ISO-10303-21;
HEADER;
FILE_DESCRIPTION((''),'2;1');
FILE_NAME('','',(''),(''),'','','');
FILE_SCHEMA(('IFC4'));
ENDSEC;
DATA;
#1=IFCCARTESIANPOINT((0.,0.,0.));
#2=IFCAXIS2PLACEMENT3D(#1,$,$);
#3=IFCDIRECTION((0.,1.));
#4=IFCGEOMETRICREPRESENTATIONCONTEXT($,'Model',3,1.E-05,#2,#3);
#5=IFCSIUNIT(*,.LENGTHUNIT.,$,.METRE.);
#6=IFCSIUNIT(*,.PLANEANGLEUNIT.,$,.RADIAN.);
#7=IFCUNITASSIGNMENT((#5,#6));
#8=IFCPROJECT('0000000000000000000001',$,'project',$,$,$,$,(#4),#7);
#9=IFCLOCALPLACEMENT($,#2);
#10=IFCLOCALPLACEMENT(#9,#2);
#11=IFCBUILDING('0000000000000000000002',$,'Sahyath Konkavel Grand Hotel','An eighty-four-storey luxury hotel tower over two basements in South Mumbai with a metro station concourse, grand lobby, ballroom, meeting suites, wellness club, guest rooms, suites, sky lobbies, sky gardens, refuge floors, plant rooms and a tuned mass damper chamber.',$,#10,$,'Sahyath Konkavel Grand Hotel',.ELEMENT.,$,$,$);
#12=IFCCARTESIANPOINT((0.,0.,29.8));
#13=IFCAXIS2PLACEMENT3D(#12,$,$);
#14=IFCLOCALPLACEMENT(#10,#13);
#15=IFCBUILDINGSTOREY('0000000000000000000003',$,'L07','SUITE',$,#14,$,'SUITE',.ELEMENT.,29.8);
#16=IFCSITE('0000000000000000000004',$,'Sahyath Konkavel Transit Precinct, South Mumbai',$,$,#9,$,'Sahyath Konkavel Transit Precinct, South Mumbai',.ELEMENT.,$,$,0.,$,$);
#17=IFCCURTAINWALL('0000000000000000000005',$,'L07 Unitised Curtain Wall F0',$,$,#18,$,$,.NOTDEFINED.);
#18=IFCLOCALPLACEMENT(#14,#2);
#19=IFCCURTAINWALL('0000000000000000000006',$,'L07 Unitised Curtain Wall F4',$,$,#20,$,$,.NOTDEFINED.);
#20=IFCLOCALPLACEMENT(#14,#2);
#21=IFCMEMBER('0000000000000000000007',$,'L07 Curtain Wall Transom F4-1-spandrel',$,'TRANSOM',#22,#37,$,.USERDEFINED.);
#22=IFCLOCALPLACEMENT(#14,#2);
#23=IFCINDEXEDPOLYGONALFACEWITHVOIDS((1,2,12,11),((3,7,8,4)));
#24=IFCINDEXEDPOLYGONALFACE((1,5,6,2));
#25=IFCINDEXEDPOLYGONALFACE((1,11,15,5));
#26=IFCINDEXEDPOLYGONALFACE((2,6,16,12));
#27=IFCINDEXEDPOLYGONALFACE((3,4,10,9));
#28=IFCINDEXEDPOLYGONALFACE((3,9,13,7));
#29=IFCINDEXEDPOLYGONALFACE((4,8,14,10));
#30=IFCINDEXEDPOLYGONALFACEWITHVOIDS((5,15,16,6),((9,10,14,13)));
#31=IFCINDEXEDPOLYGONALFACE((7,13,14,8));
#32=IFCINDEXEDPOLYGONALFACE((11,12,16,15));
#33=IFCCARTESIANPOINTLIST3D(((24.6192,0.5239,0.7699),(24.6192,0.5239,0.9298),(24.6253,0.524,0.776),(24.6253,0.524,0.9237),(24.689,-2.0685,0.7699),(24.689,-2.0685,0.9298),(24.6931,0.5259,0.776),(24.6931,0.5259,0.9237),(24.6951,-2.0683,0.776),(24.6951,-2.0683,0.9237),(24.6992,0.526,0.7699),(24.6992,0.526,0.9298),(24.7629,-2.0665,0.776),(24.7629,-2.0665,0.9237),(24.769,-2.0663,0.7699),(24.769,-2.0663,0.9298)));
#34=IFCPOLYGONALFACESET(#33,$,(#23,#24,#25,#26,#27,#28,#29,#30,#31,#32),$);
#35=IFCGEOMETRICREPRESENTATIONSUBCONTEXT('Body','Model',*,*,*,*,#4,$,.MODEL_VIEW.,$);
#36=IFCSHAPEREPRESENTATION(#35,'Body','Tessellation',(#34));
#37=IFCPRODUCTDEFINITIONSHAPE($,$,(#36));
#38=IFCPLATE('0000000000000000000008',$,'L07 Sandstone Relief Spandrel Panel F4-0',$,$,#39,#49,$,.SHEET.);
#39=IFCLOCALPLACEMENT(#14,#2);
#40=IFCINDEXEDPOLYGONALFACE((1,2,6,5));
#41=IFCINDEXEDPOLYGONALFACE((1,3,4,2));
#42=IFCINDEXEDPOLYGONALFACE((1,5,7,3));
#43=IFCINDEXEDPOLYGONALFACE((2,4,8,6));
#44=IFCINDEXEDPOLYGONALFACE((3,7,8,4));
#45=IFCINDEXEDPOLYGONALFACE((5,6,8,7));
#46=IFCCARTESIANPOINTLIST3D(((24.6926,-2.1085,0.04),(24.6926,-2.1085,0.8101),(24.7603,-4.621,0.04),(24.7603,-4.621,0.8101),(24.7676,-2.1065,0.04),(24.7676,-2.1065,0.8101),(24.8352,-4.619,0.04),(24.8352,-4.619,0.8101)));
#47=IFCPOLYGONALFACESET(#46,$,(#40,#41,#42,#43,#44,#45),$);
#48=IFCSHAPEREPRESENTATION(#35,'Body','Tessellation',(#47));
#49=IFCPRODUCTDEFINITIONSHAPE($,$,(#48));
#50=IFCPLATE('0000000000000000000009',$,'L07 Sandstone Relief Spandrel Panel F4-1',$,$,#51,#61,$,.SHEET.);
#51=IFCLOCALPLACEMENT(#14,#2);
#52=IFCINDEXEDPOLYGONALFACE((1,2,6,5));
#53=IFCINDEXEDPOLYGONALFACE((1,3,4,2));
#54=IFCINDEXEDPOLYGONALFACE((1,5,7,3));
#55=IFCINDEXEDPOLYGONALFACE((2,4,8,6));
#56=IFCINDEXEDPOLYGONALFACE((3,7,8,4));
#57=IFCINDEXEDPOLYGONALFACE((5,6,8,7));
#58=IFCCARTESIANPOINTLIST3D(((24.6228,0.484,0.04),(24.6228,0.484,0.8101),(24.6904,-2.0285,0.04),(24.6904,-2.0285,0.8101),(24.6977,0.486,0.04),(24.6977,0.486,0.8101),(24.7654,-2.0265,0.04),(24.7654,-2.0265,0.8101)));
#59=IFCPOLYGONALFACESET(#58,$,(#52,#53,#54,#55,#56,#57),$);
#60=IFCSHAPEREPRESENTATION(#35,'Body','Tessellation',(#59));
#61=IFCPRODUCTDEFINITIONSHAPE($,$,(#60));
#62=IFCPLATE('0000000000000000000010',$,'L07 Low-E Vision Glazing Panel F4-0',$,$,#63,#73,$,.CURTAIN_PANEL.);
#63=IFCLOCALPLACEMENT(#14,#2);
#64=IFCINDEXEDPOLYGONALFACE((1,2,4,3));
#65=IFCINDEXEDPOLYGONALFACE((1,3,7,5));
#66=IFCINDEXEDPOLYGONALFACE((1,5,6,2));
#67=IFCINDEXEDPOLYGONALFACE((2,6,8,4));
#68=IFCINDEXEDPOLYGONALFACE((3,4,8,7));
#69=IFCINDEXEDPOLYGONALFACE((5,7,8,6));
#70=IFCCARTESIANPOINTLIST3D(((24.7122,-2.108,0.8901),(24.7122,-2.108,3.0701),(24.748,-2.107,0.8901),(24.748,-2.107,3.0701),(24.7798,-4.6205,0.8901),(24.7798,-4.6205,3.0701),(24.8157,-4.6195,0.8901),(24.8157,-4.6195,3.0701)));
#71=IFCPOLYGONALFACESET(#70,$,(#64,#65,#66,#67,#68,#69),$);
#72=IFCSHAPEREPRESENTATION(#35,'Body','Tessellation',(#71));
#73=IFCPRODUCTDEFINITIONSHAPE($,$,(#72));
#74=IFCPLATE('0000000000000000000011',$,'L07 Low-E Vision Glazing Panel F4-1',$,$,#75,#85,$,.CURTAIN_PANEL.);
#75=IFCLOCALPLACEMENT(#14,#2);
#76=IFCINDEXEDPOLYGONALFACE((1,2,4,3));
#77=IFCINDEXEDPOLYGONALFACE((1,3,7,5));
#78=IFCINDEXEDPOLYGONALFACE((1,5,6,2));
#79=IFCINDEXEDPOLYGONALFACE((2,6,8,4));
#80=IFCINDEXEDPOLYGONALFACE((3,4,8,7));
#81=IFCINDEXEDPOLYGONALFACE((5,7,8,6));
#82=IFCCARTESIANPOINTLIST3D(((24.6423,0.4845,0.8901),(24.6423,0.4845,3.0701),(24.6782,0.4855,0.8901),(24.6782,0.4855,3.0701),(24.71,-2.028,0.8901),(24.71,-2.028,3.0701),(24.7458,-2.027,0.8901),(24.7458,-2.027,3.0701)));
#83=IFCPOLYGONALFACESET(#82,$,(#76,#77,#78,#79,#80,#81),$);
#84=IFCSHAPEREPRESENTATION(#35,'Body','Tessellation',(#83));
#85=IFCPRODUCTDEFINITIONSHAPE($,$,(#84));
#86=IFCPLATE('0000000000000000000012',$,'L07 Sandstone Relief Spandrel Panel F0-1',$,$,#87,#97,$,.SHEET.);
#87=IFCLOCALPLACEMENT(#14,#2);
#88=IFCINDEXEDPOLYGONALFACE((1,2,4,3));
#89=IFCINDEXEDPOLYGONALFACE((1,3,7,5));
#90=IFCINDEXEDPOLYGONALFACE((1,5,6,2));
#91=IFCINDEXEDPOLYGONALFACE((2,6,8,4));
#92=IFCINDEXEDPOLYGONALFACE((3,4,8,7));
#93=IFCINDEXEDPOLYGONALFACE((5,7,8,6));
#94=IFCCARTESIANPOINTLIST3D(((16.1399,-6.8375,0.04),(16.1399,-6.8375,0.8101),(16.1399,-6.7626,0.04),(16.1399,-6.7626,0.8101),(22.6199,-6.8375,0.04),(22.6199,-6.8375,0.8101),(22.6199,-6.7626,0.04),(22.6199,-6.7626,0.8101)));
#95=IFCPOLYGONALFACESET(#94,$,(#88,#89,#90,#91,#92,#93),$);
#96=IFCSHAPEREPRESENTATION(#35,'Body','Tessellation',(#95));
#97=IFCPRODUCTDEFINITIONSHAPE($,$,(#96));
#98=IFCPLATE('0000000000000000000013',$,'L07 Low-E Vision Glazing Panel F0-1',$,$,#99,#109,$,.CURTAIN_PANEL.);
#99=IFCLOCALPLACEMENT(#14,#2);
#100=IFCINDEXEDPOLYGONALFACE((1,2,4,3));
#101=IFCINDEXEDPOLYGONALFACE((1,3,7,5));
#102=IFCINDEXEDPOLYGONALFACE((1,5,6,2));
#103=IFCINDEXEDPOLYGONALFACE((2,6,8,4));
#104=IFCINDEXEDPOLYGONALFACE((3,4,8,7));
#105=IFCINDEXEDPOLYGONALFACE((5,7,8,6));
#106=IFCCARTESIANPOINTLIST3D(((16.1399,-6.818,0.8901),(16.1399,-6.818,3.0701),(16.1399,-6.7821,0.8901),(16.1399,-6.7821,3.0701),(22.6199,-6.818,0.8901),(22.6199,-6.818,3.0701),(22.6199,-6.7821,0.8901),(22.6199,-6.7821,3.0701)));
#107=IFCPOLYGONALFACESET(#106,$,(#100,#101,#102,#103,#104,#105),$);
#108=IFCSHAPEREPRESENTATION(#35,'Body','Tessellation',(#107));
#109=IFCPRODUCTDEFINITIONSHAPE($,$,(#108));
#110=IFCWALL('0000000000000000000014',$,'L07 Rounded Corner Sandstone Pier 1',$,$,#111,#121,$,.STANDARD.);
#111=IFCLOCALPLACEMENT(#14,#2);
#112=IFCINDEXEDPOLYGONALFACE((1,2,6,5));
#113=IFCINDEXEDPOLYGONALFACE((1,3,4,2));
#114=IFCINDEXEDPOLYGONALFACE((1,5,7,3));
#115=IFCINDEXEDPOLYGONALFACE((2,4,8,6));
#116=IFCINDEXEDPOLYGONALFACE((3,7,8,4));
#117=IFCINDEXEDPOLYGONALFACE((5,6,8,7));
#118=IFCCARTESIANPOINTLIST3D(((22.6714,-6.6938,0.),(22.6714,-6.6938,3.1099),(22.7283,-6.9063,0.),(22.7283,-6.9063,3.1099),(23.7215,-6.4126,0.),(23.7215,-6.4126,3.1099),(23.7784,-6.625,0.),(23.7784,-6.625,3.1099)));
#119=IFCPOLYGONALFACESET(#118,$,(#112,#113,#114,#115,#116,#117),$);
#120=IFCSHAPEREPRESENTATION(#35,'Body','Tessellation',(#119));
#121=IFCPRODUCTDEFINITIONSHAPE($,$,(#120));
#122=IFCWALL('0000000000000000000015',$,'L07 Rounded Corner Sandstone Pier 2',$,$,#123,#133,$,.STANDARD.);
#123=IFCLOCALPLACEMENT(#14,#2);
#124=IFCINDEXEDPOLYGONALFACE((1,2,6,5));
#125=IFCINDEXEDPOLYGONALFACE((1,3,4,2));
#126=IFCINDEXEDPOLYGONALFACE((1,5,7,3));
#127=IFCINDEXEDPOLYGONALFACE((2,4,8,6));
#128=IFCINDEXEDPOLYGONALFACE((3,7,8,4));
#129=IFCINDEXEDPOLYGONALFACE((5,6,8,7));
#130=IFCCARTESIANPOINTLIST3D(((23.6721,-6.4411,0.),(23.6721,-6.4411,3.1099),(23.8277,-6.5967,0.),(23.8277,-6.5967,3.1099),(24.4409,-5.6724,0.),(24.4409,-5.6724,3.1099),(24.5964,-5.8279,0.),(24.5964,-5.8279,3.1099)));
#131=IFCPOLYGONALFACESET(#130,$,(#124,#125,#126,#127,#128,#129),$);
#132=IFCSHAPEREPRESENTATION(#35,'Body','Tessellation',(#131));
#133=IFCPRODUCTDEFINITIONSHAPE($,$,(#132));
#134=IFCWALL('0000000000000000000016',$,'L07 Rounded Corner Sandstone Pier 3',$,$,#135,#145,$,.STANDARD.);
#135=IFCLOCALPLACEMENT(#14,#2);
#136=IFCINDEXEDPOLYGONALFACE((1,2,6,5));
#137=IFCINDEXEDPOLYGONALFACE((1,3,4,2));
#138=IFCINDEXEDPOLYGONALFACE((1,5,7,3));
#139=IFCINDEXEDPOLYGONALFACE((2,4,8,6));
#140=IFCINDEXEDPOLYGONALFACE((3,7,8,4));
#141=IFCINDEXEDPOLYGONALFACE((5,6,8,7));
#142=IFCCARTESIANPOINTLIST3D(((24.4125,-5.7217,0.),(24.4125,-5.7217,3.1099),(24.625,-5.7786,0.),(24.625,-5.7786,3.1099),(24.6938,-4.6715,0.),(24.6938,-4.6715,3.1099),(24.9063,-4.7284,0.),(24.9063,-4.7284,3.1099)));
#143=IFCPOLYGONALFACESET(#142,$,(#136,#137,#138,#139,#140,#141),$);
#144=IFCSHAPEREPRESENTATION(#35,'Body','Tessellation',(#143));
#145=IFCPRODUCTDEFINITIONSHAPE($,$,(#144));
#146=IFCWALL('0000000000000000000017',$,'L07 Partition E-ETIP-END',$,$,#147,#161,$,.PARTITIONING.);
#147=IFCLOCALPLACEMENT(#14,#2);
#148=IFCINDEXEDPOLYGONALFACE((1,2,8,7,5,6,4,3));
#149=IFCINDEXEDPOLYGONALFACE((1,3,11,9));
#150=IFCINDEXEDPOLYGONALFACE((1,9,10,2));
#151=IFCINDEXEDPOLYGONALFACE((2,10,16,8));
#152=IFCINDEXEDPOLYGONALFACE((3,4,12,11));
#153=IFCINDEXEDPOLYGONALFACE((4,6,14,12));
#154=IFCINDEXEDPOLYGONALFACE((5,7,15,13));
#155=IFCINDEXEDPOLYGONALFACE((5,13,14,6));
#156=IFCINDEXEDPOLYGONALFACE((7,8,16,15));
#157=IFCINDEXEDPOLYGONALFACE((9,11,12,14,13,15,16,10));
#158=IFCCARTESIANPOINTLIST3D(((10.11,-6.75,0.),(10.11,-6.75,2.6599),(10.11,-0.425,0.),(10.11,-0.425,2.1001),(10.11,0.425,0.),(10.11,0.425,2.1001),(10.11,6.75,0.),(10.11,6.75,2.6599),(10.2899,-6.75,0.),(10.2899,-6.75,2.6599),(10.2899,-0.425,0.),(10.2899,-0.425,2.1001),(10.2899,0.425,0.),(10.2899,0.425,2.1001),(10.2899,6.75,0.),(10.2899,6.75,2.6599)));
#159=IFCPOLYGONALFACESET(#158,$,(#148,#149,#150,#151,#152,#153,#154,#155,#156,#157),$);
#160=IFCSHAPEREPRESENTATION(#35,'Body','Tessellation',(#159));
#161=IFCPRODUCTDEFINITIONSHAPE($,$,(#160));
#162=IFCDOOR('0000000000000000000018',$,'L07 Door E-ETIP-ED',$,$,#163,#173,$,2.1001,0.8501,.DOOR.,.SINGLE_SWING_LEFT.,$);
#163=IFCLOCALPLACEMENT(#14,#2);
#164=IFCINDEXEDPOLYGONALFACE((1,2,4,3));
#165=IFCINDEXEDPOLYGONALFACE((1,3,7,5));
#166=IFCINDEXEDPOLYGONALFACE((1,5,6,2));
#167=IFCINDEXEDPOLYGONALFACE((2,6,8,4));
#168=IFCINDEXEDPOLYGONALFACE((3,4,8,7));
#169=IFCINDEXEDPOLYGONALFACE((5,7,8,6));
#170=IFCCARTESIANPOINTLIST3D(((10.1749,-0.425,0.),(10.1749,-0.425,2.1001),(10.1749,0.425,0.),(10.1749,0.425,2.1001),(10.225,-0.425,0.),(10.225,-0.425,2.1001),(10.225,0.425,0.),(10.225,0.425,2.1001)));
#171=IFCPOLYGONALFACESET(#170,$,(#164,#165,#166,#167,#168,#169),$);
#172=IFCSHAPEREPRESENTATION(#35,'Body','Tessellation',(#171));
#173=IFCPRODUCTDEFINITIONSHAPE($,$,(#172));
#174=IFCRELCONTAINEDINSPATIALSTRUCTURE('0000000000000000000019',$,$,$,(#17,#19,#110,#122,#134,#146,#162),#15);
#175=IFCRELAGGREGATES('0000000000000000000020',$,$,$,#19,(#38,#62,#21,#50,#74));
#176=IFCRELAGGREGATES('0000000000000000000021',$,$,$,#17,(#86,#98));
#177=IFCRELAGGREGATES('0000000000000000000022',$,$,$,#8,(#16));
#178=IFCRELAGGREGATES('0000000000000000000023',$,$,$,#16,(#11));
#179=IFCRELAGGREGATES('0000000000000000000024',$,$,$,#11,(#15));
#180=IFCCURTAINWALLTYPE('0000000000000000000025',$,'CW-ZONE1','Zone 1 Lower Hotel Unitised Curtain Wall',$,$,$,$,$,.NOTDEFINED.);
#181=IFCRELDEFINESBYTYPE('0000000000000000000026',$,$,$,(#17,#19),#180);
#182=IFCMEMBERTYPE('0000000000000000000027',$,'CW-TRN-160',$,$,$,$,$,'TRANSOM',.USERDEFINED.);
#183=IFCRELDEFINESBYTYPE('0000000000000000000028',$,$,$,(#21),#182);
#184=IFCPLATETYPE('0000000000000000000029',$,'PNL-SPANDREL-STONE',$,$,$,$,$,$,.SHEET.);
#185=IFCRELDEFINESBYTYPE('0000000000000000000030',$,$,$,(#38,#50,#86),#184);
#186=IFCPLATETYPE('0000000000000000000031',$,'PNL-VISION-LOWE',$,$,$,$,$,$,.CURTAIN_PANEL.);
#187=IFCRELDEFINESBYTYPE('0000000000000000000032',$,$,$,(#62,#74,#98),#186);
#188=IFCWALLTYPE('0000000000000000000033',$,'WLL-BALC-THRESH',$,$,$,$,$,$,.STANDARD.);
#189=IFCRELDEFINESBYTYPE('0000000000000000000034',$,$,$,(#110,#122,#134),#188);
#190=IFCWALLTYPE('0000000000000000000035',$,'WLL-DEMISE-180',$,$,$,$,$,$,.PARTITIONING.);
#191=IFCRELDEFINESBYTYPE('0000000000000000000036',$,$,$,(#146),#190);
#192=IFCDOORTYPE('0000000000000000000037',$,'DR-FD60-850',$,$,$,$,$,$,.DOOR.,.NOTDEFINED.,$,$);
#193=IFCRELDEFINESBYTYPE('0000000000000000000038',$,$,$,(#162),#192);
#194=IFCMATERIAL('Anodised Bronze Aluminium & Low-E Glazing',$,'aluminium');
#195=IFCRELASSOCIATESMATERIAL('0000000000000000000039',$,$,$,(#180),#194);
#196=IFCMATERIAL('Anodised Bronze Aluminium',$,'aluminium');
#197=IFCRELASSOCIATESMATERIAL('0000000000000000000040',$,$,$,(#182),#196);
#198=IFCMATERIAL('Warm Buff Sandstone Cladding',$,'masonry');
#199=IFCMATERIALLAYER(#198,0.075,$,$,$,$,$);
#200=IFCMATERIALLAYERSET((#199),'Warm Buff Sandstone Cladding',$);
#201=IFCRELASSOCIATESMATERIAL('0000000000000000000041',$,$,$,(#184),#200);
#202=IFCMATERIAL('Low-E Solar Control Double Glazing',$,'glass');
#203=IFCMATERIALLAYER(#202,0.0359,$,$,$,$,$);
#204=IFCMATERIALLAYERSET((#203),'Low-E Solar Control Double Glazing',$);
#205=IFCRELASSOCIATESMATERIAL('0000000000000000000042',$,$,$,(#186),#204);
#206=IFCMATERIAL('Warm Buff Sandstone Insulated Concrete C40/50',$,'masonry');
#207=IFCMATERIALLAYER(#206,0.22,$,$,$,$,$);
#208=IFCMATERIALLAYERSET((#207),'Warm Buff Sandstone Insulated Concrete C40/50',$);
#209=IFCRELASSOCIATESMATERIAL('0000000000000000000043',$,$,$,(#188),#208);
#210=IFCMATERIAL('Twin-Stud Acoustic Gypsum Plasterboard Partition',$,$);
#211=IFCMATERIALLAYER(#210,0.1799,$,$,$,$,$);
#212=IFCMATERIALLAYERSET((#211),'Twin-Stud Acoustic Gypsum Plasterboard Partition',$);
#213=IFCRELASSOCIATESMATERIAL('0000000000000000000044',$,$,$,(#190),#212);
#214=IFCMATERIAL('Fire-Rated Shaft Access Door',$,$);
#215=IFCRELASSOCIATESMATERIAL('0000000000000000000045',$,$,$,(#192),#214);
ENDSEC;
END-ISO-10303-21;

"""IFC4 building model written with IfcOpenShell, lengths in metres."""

from ifc_helpers import new_model, si_unit, direction, frame, frame_2d, origin, origin_2d, place, context, subcontext, project, spatial, rectangle, hollow_rectangle, extrude, source, transform, mapped, material, layer, layer_set, material_profile, profile_set, type_object, element, fill, aggregate, save


model = new_model("IFC4")

# Units and contexts
model_context = context("Model", 3, precision=1e-05, world=origin(), true_north=direction((0.0, 1.0)))
body_context = subcontext(model_context, "Body", "Model", "MODEL_VIEW")
ifc_project = project(units=[si_unit("LENGTHUNIT", "METRE"), si_unit("PLANEANGLEUNIT", "RADIAN")], contexts=[model_context])

# Site, building, storey
site_placement = place(None, origin())
site = spatial("IfcSite", under=ifc_project, at=site_placement, Name="Sahyath Konkavel Transit Precinct, South Mumbai", LongName="Sahyath Konkavel Transit Precinct, South Mumbai", CompositionType="ELEMENT", RefElevation=0.0)
building_placement = place(site_placement, origin())
building = spatial("IfcBuilding", under=site, at=building_placement, Name="Sahyath Konkavel Grand Hotel", Description="An eighty-four-storey luxury hotel tower over two basements in South Mumbai with a metro station concourse, grand lobby, ballroom, meeting suites, wellness club, guest rooms, suites, sky lobbies, sky gardens, refuge floors, plant rooms and a tuned mass damper chamber.", LongName="Sahyath Konkavel Grand Hotel", CompositionType="ELEMENT")
storey_placement = place(building_placement, frame((0.0, 0.0, 29.8)))
storey = spatial("IfcBuildingStorey", under=building, at=storey_placement, Name="L07", Description="SUITE", LongName="SUITE", CompositionType="ELEMENT", Elevation=29.8)

# Curtain wall
ifc_material_1 = material(Name="Anodised Bronze Aluminium & Low-E Glazing", Category="aluminium")
curtain_wall_type = type_object("IfcCurtainWallType", Name="CW-ZONE1", Description="Zone 1 Lower Hotel Unitised Curtain Wall", PredefinedType="NOTDEFINED", material=ifc_material_1)
curtain_wall_1_placement = place(storey_placement, origin())
curtain_wall_1 = element("IfcCurtainWall", 1, at=curtain_wall_1_placement, inside=storey, type_object=curtain_wall_type, Name="L07 Unitised Curtain Wall F0", PredefinedType="NOTDEFINED")
ifc_material_2 = material(Name="Anodised Bronze Aluminium", Category="aluminium")

# Curtain wall, member, plates
curtain_wall_2_placement = place(storey_placement, origin())
curtain_wall_2 = element("IfcCurtainWall", 2, at=curtain_wall_2_placement, inside=storey, type_object=curtain_wall_type, Name="L07 Unitised Curtain Wall F4", PredefinedType="NOTDEFINED")
ifc_material_profile_1 = material_profile(ifc_material_2, hollow_rectangle(XDim=0.0801, YDim=0.1599, WallThickness=0.0061, at=origin_2d()), Name="RHS 160x80x6")
ifc_profile_set_1 = profile_set([ifc_material_profile_1], Name="Anodised Bronze Aluminium")
member_type_1 = type_object("IfcMemberType", Name="CW-TRN-160", ElementType="TRANSOM", PredefinedType="USERDEFINED", material=ifc_profile_set_1)
shared_shape_1 = source(origin(), body_context, "Body", "SweptSolid", [
    extrude(hollow_rectangle(XDim=0.0801, YDim=0.1599, WallThickness=0.0061, at=origin_2d()), origin(), (0.0, 0.0, 1.0), 2.5933),
])
member_1_placement = place(storey_placement, frame((24.729, -2.0674, 0.8499), z_axis=(-0.026926, 0.999637, 0.0), x_axis=(-0.999637, -0.026926, 0.0)))
member_1 = element("IfcMember", 3, at=member_1_placement, type_object=member_type_1, Name="L07 Curtain Wall Transom F4-1-spandrel", ObjectType="TRANSOM", PredefinedType="USERDEFINED", context=body_context, shape_type="MappedRepresentation", body=[
    mapped(shared_shape_1, transform((0.0, 0.0, 0.0), scale=1.0)),
])
ifc_material_3 = material(Name="Warm Buff Sandstone Cladding", Category="masonry")
ifc_layer_1 = layer(ifc_material_3, 0.075)
ifc_layer_set_1 = layer_set([ifc_layer_1], Name="Warm Buff Sandstone Cladding")
plate_type_1 = type_object("IfcPlateType", Name="PNL-SPANDREL-STONE", PredefinedType="SHEET", material=ifc_layer_set_1)
shared_shape_2 = source(origin(), body_context, "Body", "SweptSolid", [
    extrude(rectangle(XDim=2.5134, YDim=0.075, at=origin_2d()), origin(), (0.0, 0.0, 1.0), 0.77),
])
plate_1_placement = place(storey_placement, frame((24.7639, -3.3638, 0.04), z_axis=(0.0, 0.0, 1.0), x_axis=(-0.02691, 0.999638, 0.0)))
plate_1 = element("IfcPlate", 4, at=plate_1_placement, type_object=plate_type_1, Name="L07 Sandstone Relief Spandrel Panel F4-0", PredefinedType="SHEET", context=body_context, shape_type="MappedRepresentation", body=[
    mapped(shared_shape_2, transform((0.0, 0.0, 0.0), scale=1.0)),
])
plate_2_placement = place(storey_placement, frame((24.6941, -0.7712, 0.04), z_axis=(0.0, 0.0, 1.0), x_axis=(-0.02691, 0.999638, 0.0)))
plate_2 = element("IfcPlate", 5, at=plate_2_placement, type_object=plate_type_1, Name="L07 Sandstone Relief Spandrel Panel F4-1", PredefinedType="SHEET", context=body_context, shape_type="MappedRepresentation", body=[
    mapped(shared_shape_2, transform((0.0, 0.0, 0.0), scale=1.0)),
])
ifc_material_4 = material(Name="Low-E Solar Control Double Glazing", Category="glass")
ifc_layer_2 = layer(ifc_material_4, 0.0359)
ifc_layer_set_2 = layer_set([ifc_layer_2], Name="Low-E Solar Control Double Glazing")
plate_type_2 = type_object("IfcPlateType", Name="PNL-VISION-LOWE", PredefinedType="CURTAIN_PANEL", material=ifc_layer_set_2)
shared_shape_3 = source(origin(), body_context, "Body", "SweptSolid", [
    extrude(rectangle(XDim=2.5134, YDim=0.0359, at=origin_2d()), origin(), (0.0, 0.0, 1.0), 2.1799),
])
plate_3_placement = place(storey_placement, frame((24.7639, -3.3638, 0.8901), z_axis=(0.0, 0.0, 1.0), x_axis=(-0.02691, 0.999638, 0.0)))
plate_3 = element("IfcPlate", 6, at=plate_3_placement, type_object=plate_type_2, Name="L07 Low-E Vision Glazing Panel F4-0", PredefinedType="CURTAIN_PANEL", context=body_context, shape_type="MappedRepresentation", body=[
    mapped(shared_shape_3, transform((0.0, 0.0, 0.0), scale=1.0)),
])
plate_4_placement = place(storey_placement, frame((24.6941, -0.7712, 0.8901), z_axis=(0.0, 0.0, 1.0), x_axis=(-0.02691, 0.999638, 0.0)))
plate_4 = element("IfcPlate", 7, at=plate_4_placement, type_object=plate_type_2, Name="L07 Low-E Vision Glazing Panel F4-1", PredefinedType="CURTAIN_PANEL", context=body_context, shape_type="MappedRepresentation", body=[
    mapped(shared_shape_3, transform((0.0, 0.0, 0.0), scale=1.0)),
])
aggregate(curtain_wall_2, [plate_1, plate_3, member_1, plate_2, plate_4])

# Plates
shared_shape_4 = source(origin(), body_context, "Body", "SweptSolid", [
    extrude(rectangle(XDim=6.48, YDim=0.075, at=origin_2d()), origin(), (0.0, 0.0, 1.0), 0.77),
])
plate_5_placement = place(storey_placement, frame((19.3799, -6.8, 0.04), z_axis=(0.0, 0.0, 1.0), x_axis=(1.0, 0.0, 0.0)))
plate_5 = element("IfcPlate", 8, at=plate_5_placement, type_object=plate_type_1, Name="L07 Sandstone Relief Spandrel Panel F0-1", PredefinedType="SHEET", context=body_context, shape_type="MappedRepresentation", body=[
    mapped(shared_shape_4, transform((0.0, 0.0, 0.0), scale=1.0)),
])
shared_shape_5 = source(origin(), body_context, "Body", "SweptSolid", [
    extrude(rectangle(XDim=6.48, YDim=0.0359, at=origin_2d()), origin(), (0.0, 0.0, 1.0), 2.1799),
])
plate_6_placement = place(storey_placement, frame((19.3799, -6.8, 0.8901), z_axis=(0.0, 0.0, 1.0), x_axis=(1.0, 0.0, 0.0)))
plate_6 = element("IfcPlate", 9, at=plate_6_placement, type_object=plate_type_2, Name="L07 Low-E Vision Glazing Panel F0-1", PredefinedType="CURTAIN_PANEL", context=body_context, shape_type="MappedRepresentation", body=[
    mapped(shared_shape_5, transform((0.0, 0.0, 0.0), scale=1.0)),
])
aggregate(curtain_wall_1, [plate_5, plate_6])

# Walls
ifc_material_5 = material(Name="Warm Buff Sandstone Insulated Concrete C40/50", Category="masonry")
ifc_layer_3 = layer(ifc_material_5, 0.22)
ifc_layer_set_3 = layer_set([ifc_layer_3], Name="Warm Buff Sandstone Insulated Concrete C40/50")
wall_type_1 = type_object("IfcWallType", Name="WLL-BALC-THRESH", PredefinedType="STANDARD", material=ifc_layer_set_3)
for number, where, z_axis, x_axis, name in (
    (10, (22.7, -6.8, 0.0), (0.0, 0.0, 1.0), (0.965951, 0.258725, 0.0), "L07 Rounded Corner Sandstone Pier 1"),
    (11, (23.75, -6.5188, 0.0), (0.0, 0.0, 1.0), (0.707107, 0.707107, 0.0), "L07 Rounded Corner Sandstone Pier 2"),
    (12, (24.5188, -5.75, 0.0), (0.0, 0.0, 1.0), (0.258725, 0.965951, 0.0), "L07 Rounded Corner Sandstone Pier 3"),
):
    element("IfcWall", number, at=place(storey_placement, frame(where, z_axis=z_axis, x_axis=x_axis)), inside=storey, type_object=wall_type_1, Name=name, PredefinedType="STANDARD", context=body_context, shape_type="SweptSolid", body=[
        extrude(rectangle(XDim=1.0872, YDim=0.22, at=frame_2d((0.5435, 0.0))), origin(), (0.0, 0.0, 1.0), 3.1099),
    ])

# Wall, opening, door
ifc_material_6 = material(Name="Twin-Stud Acoustic Gypsum Plasterboard Partition")
ifc_layer_4 = layer(ifc_material_6, 0.1799)
ifc_layer_set_4 = layer_set([ifc_layer_4], Name="Twin-Stud Acoustic Gypsum Plasterboard Partition")
wall_type_2 = type_object("IfcWallType", Name="WLL-DEMISE-180", PredefinedType="PARTITIONING", material=ifc_layer_set_4)
wall_1_placement = place(storey_placement, frame((10.2, -6.75, 0.0), z_axis=(0.0, 0.0, 1.0), x_axis=(0.0, 1.0, 0.0)))
wall_1 = element("IfcWall", 13, at=wall_1_placement, inside=storey, type_object=wall_type_2, Name="L07 Partition E-ETIP-END", PredefinedType="PARTITIONING", context=body_context, shape_type="SweptSolid", body=[
    extrude(rectangle(XDim=13.5, YDim=0.1799, at=frame_2d((6.75, 0.0))), origin(), (0.0, 0.0, 1.0), 2.6599),
])
opening_1_placement = place(wall_1_placement, frame((6.325, 0.0, 0.0)))
opening_1 = element("IfcOpeningElement", 14, at=opening_1_placement, cuts=wall_1, PredefinedType="OPENING", context=body_context, shape_type="SweptSolid", body=[
    extrude(rectangle(XDim=0.8501, YDim=2.1001, at=frame_2d((0.425, 1.05))), frame((0.0, 0.1001, 0.0), z_axis=(0.0, -1.0, 0.0), x_axis=(1.0, 0.0, 0.0)), (0.0, 0.0, 1.0), 0.2),
])
ifc_material_7 = material(Name="Fire-Rated Shaft Access Door")
door_type_1 = type_object("IfcDoorType", Name="DR-FD60-850", OperationType="NOTDEFINED", PredefinedType="DOOR", material=ifc_material_7)
shared_shape_6 = source(origin(), body_context, "Body", "SweptSolid", [
    extrude(rectangle(XDim=0.8501, YDim=0.05, at=origin_2d()), origin(), (0.0, 0.0, 1.0), 2.1001),
])
door_1_placement = place(opening_1_placement, frame((0.425, 0.0, 0.0)))
door_1 = element("IfcDoor", 15, at=door_1_placement, inside=storey, type_object=door_type_1, Name="L07 Door E-ETIP-ED", OperationType="SINGLE_SWING_LEFT", OverallHeight=2.1001, OverallWidth=0.8501, PredefinedType="DOOR", context=body_context, shape_type="MappedRepresentation", body=[
    mapped(shared_shape_6, transform((0.0, 0.0, 0.0), scale=1.0)),
])
fill(opening_1, door_1)

save(model, "model.ifc")
